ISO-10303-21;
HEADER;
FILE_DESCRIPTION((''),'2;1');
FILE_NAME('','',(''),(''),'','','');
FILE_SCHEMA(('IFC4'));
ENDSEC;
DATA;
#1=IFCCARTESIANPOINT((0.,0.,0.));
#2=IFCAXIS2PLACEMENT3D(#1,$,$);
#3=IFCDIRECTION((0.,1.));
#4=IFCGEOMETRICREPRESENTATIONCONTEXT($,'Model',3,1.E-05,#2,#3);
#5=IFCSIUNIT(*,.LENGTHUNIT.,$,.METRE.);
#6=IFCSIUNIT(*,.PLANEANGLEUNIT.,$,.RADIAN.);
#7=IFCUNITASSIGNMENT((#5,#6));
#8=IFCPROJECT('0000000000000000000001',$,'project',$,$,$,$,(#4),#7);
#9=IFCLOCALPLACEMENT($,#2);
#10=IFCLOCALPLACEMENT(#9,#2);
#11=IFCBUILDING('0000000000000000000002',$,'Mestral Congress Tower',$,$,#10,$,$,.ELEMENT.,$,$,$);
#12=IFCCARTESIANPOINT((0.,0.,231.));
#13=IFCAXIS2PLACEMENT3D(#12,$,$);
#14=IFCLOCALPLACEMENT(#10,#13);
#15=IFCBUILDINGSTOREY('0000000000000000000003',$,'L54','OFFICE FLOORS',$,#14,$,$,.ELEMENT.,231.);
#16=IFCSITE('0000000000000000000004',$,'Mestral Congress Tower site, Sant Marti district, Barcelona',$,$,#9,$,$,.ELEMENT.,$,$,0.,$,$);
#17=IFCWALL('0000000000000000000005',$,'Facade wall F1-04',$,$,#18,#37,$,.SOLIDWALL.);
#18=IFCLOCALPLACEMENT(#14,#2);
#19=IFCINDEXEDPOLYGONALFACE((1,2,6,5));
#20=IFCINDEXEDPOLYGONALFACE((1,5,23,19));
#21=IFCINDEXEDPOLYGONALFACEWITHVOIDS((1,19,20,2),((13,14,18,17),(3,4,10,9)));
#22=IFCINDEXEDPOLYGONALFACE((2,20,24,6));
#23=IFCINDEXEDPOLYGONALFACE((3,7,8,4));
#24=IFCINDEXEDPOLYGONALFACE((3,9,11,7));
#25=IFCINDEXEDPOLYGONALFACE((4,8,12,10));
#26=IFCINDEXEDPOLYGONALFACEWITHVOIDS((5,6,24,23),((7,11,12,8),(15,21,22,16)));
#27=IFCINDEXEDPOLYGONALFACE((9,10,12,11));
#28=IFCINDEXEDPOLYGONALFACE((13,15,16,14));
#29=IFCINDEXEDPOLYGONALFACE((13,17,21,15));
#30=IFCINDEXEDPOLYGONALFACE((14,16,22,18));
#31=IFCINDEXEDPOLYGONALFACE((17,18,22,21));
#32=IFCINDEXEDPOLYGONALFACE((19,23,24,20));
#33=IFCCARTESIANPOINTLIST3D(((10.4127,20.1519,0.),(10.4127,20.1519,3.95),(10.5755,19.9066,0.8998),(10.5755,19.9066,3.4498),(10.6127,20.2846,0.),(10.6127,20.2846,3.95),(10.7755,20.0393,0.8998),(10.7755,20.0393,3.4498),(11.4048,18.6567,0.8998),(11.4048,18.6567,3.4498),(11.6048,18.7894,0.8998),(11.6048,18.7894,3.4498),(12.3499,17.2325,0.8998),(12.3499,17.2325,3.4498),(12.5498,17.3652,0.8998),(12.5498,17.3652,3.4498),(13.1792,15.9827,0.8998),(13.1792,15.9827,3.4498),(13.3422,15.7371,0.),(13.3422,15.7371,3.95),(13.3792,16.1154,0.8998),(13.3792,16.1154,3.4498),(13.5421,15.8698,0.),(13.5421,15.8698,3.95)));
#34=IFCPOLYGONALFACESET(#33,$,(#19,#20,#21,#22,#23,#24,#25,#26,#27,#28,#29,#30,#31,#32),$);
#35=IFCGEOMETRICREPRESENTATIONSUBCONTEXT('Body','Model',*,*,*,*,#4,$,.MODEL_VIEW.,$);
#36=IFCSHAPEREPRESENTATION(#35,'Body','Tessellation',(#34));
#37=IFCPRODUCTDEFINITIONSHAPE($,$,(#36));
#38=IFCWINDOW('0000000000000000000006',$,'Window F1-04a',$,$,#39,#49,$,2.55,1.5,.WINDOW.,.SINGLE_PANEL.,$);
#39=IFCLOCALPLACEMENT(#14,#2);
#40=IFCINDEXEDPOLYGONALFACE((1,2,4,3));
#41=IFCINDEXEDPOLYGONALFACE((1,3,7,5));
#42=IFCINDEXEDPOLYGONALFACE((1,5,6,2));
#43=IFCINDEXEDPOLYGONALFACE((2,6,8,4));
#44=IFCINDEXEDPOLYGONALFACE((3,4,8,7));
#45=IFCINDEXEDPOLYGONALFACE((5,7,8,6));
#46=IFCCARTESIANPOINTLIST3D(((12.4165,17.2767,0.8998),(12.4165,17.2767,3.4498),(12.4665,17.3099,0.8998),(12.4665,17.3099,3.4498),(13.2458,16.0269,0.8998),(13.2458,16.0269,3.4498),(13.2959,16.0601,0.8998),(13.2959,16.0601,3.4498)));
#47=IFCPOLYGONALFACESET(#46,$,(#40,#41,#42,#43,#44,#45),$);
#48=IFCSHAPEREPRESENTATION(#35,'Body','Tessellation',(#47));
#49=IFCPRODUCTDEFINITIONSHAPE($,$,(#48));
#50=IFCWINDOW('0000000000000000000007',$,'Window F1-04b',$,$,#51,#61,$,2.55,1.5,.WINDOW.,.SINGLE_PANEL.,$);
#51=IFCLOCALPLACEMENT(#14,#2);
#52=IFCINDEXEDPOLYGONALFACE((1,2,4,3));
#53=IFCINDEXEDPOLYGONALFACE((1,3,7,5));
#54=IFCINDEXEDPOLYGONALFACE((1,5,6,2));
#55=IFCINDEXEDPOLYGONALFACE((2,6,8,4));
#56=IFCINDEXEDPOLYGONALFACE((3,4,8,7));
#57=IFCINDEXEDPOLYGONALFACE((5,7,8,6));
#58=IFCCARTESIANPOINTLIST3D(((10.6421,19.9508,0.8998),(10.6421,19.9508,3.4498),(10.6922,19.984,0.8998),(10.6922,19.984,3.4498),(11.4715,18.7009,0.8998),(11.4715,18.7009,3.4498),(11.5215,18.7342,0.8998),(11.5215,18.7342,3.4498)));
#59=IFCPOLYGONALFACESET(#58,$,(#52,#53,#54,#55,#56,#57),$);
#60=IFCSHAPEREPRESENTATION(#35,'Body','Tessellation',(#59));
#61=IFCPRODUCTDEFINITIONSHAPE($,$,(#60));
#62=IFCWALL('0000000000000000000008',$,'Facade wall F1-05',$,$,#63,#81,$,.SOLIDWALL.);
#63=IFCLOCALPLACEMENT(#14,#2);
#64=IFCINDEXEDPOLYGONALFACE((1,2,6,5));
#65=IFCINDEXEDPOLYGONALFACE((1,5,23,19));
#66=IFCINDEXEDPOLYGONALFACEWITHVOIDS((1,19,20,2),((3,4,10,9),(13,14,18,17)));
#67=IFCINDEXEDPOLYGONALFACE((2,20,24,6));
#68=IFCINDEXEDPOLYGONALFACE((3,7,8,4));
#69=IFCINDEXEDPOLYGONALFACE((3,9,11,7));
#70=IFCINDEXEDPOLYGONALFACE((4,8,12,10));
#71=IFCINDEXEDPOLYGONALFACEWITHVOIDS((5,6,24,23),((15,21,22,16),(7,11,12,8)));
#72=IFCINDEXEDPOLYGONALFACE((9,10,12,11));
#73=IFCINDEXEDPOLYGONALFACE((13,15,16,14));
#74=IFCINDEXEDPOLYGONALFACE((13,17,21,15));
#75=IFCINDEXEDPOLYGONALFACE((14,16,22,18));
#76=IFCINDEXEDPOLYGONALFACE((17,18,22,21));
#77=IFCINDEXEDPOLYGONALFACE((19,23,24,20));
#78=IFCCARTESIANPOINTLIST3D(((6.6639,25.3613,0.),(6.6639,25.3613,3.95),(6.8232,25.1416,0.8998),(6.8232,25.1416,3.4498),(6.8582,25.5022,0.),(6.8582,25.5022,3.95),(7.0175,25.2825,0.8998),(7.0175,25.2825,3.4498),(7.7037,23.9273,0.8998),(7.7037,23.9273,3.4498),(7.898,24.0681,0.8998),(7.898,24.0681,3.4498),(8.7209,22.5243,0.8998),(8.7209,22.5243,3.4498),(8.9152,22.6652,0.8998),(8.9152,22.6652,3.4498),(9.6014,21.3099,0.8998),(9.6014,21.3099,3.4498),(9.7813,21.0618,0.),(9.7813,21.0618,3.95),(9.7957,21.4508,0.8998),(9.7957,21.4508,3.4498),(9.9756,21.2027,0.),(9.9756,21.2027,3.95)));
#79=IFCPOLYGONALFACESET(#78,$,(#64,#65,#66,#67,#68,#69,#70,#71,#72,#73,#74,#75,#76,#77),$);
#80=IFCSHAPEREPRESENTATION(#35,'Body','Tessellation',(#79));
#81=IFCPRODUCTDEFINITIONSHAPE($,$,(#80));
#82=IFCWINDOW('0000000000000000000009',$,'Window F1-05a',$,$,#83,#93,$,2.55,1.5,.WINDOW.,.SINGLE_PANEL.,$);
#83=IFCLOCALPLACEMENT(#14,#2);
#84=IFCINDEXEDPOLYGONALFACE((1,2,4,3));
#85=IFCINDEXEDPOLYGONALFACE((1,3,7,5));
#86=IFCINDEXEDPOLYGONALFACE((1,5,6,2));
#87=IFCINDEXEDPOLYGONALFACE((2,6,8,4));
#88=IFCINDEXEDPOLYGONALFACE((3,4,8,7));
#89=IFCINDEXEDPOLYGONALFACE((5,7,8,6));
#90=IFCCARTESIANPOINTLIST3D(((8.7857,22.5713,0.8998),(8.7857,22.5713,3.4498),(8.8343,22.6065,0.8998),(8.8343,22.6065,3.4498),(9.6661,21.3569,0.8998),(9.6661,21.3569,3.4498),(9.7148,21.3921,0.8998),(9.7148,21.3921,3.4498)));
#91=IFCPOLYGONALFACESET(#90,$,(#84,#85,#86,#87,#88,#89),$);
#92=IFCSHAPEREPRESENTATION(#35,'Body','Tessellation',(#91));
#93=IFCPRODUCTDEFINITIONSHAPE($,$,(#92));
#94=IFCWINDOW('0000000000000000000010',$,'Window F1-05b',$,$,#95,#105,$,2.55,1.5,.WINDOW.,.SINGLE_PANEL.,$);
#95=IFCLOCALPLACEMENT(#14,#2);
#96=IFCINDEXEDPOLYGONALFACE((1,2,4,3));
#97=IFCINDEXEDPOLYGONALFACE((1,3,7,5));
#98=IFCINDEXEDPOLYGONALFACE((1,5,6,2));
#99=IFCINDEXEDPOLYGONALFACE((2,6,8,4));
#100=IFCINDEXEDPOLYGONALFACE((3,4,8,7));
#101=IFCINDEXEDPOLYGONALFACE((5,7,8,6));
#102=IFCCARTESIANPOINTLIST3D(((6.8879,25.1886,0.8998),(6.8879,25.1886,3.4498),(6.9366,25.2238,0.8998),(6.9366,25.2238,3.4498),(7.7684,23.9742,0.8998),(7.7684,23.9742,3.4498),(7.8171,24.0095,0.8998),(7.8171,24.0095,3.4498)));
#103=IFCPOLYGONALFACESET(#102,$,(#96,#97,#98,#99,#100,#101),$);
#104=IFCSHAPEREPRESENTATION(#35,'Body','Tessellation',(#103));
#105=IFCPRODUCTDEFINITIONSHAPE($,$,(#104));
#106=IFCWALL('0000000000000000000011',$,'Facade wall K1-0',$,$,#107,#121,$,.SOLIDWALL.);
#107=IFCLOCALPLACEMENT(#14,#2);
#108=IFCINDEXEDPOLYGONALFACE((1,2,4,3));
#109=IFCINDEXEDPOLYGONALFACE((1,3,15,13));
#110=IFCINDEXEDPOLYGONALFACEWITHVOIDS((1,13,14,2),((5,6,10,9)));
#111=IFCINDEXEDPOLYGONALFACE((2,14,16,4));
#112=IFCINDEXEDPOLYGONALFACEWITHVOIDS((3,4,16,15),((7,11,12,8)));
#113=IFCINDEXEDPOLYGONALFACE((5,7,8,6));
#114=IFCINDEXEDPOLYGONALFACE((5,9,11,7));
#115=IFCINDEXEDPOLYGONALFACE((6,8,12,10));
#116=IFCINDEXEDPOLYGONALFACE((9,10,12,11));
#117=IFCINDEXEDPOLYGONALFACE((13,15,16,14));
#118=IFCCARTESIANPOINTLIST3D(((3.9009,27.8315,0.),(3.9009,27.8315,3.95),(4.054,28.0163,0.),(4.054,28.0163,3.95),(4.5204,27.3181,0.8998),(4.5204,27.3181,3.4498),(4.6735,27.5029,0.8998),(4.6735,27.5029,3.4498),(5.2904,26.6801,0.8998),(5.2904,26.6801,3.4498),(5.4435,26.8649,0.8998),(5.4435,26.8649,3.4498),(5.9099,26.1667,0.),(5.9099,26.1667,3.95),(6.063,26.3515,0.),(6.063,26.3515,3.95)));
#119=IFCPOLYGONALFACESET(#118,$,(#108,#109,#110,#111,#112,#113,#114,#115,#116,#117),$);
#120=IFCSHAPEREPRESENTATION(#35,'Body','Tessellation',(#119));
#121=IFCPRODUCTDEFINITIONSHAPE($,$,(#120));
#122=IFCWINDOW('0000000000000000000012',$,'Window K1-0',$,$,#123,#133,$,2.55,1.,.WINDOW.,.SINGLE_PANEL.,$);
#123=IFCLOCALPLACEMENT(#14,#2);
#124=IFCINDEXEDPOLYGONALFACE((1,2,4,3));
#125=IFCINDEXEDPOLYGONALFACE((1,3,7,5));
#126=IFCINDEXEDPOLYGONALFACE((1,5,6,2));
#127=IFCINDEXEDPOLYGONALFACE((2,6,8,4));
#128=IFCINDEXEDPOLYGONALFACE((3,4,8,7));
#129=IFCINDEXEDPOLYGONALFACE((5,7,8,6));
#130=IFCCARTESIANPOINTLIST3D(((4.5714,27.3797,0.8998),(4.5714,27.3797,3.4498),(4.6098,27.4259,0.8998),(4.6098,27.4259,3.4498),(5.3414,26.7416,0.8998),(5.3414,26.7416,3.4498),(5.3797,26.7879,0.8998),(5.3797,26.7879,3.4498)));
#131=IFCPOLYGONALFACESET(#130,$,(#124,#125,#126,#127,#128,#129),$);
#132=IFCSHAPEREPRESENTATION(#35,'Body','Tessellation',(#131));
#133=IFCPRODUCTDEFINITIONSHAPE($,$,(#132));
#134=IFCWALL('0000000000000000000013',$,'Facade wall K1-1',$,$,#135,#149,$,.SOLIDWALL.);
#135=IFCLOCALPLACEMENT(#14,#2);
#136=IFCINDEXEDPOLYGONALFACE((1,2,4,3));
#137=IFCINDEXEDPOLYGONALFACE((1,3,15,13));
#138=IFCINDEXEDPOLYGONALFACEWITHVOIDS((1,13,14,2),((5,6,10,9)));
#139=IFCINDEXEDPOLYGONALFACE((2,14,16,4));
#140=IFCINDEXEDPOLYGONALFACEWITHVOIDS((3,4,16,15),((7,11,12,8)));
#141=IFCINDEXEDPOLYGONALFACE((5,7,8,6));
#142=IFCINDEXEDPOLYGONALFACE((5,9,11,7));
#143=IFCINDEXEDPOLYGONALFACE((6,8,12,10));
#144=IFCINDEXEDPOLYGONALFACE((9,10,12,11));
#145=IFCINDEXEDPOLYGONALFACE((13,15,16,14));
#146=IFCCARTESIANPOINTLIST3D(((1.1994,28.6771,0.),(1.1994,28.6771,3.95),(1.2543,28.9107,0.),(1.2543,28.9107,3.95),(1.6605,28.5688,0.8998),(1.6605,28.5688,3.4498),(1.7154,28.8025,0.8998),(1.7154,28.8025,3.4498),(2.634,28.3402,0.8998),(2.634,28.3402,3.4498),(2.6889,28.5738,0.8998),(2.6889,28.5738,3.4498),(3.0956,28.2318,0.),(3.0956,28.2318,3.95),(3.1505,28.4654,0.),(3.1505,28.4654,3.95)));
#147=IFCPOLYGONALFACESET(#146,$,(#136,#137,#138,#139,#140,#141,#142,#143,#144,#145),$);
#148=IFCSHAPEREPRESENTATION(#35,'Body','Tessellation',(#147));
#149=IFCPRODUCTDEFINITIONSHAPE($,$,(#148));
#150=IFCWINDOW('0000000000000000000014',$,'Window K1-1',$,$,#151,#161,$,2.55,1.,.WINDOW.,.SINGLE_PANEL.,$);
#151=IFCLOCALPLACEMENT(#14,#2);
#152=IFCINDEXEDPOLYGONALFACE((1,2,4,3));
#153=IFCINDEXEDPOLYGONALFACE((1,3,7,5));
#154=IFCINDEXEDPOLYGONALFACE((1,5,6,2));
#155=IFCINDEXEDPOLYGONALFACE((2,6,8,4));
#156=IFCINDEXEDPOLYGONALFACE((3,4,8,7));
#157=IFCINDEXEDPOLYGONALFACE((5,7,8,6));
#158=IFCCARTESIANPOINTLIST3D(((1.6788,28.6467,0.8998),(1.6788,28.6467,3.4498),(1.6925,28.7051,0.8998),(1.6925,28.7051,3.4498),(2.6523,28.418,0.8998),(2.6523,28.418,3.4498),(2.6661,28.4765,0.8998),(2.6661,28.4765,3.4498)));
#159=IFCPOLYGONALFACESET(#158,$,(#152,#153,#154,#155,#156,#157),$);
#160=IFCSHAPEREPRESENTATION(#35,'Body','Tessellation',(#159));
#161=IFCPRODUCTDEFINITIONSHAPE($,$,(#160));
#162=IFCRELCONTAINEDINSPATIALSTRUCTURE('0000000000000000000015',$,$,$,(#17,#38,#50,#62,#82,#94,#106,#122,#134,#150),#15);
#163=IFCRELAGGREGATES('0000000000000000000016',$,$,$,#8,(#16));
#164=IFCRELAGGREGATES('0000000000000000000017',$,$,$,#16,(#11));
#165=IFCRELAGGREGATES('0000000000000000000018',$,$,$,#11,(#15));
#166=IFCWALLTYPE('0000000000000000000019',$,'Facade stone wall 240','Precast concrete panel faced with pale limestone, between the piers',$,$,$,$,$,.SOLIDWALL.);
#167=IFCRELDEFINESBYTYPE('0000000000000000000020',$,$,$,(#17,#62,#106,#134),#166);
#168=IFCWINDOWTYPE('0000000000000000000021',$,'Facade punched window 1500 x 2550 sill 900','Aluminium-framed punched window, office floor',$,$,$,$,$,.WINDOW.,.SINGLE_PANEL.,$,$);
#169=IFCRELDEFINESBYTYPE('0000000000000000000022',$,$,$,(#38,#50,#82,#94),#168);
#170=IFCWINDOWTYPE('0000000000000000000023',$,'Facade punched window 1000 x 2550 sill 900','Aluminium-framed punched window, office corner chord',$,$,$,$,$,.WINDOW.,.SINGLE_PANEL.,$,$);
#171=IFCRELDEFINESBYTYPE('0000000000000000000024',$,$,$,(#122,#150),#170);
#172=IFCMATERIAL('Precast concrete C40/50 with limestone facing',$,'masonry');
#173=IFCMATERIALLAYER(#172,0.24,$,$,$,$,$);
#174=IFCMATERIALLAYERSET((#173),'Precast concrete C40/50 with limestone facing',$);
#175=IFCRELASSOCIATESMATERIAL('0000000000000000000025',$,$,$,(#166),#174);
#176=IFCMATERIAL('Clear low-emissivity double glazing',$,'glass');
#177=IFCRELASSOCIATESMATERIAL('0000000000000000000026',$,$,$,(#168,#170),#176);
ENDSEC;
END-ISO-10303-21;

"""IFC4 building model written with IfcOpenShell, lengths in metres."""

from ifc_helpers import new_model, si_unit, direction, frame, frame_2d, origin, place, context, subcontext, project, spatial, rectangle, extrude, material, layer, layer_set, type_object, element, fill, save


model = new_model("IFC4")

# Units and contexts
model_context = context("Model", 3, precision=1e-05, world=origin(), true_north=direction((0.0, 1.0)))
body_context = subcontext(model_context, "Body", "Model", "MODEL_VIEW")
ifc_project = project(units=[si_unit("LENGTHUNIT", "METRE"), si_unit("PLANEANGLEUNIT", "RADIAN")], contexts=[model_context])

# Site, building, storey
site_placement = place(None, origin())
site = spatial("IfcSite", under=ifc_project, at=site_placement, Name="Mestral Congress Tower site, Sant Marti district, Barcelona", CompositionType="ELEMENT", RefElevation=0.0)
building_placement = place(site_placement, origin())
building = spatial("IfcBuilding", under=site, at=building_placement, Name="Mestral Congress Tower", CompositionType="ELEMENT")
storey_placement = place(building_placement, frame((0.0, 0.0, 231.0)))
storey = spatial("IfcBuildingStorey", under=building, at=storey_placement, Name="L54", Description="OFFICE FLOORS", CompositionType="ELEMENT", Elevation=231.0)

# Walls, openings, windows
ifc_material_1 = material(Name="Precast concrete C40/50 with limestone facing", Category="masonry")
ifc_layer_1 = layer(ifc_material_1, 0.24)
ifc_layer_set_1 = layer_set([ifc_layer_1], Name="Precast concrete C40/50 with limestone facing")
wall_type_1 = type_object("IfcWallType", Name="Facade stone wall 240", Description="Precast concrete panel faced with pale limestone, between the piers", PredefinedType="SOLIDWALL", material=ifc_layer_set_1)
wall_1_placement = place(storey_placement, frame((13.4421, 15.8035, 0.0), z_axis=(0.0, 0.0, 1.0), x_axis=(-0.552902, 0.833246, 0.0)))
wall_1 = element("IfcWall", 1, at=wall_1_placement, inside=storey, type_object=wall_type_1, Name="Facade wall F1-04", PredefinedType="SOLIDWALL", context=body_context, shape_type="SweptSolid", body=[
    extrude(rectangle(XDim=5.2983, YDim=0.24, at=frame_2d((2.6492, 0.0))), origin(), (0.0, 0.0, 1.0), 3.95),
])
opening_1_placement = place(wall_1_placement, frame((0.2947, 0.0, 0.8999)))
opening_1 = element("IfcOpeningElement", 2, at=opening_1_placement, cuts=wall_1, PredefinedType="OPENING", context=body_context, shape_type="SweptSolid", body=[
    extrude(rectangle(XDim=1.5, YDim=2.55, at=frame_2d((0.75, 1.2749))), frame((0.0, 0.1299, 0.0), z_axis=(0.0, -1.0, 0.0), x_axis=(1.0, 0.0, 0.0)), (0.0, 0.0, 1.0), 0.26),
])
opening_2_placement = place(wall_1_placement, frame((3.5039, 0.0, 0.8999)))
opening_2 = element("IfcOpeningElement", 3, at=opening_2_placement, cuts=wall_1, PredefinedType="OPENING", context=body_context, shape_type="SweptSolid", body=[
    extrude(rectangle(XDim=1.5, YDim=2.55, at=frame_2d((0.75, 1.2749))), frame((0.0, 0.1299, 0.0), z_axis=(0.0, -1.0, 0.0), x_axis=(1.0, 0.0, 0.0)), (0.0, 0.0, 1.0), 0.26),
])
ifc_material_2 = material(Name="Clear low-emissivity double glazing", Category="glass")
window_type_1 = type_object("IfcWindowType", Name="Facade punched window 1500 x 2550 sill 900", Description="Aluminium-framed punched window, office floor", PartitioningType="SINGLE_PANEL", PredefinedType="WINDOW", material=ifc_material_2)
window_1_placement = place(opening_1_placement, origin())
window_1 = element("IfcWindow", 4, at=window_1_placement, inside=storey, type_object=window_type_1, Name="Window F1-04a", OverallHeight=2.55, OverallWidth=1.5, PartitioningType="SINGLE_PANEL", PredefinedType="WINDOW", context=body_context, shape_type="SweptSolid", body=[
    extrude(rectangle(XDim=1.5, YDim=2.55, at=frame_2d((0.75, 1.2749))), frame((0.0, 0.04, 0.0), z_axis=(0.0, -1.0, 0.0), x_axis=(1.0, 0.0, 0.0)), (0.0, 0.0, 1.0), 0.0601),
])
fill(opening_1, window_1)
window_2_placement = place(opening_2_placement, origin())
window_2 = element("IfcWindow", 5, at=window_2_placement, inside=storey, type_object=window_type_1, Name="Window F1-04b", OverallHeight=2.55, OverallWidth=1.5, PartitioningType="SINGLE_PANEL", PredefinedType="WINDOW", context=body_context, shape_type="SweptSolid", body=[
    extrude(rectangle(XDim=1.5, YDim=2.55, at=frame_2d((0.75, 1.2749))), frame((0.0, 0.04, 0.0), z_axis=(0.0, -1.0, 0.0), x_axis=(1.0, 0.0, 0.0)), (0.0, 0.0, 1.0), 0.0601),
])
fill(opening_2, window_2)
wall_2_placement = place(storey_placement, frame((9.8784, 21.1323, 0.0), z_axis=(0.0, 0.0, 1.0), x_axis=(-0.586998, 0.809588, 0.0)))
wall_2 = element("IfcWall", 6, at=wall_2_placement, inside=storey, type_object=wall_type_1, Name="Facade wall F1-05", PredefinedType="SOLIDWALL", context=body_context, shape_type="SweptSolid", body=[
    extrude(rectangle(XDim=5.3108, YDim=0.24, at=frame_2d((2.6553, 0.0))), origin(), (0.0, 0.0, 1.0), 3.95),
])
opening_3_placement = place(wall_2_placement, frame((0.3064, 0.0, 0.8999)))
opening_3 = element("IfcOpeningElement", 7, at=opening_3_placement, cuts=wall_2, PredefinedType="OPENING", context=body_context, shape_type="SweptSolid", body=[
    extrude(rectangle(XDim=1.5, YDim=2.55, at=frame_2d((0.75, 1.2749))), frame((0.0, 0.1299, 0.0), z_axis=(0.0, -1.0, 0.0), x_axis=(1.0, 0.0, 0.0)), (0.0, 0.0, 1.0), 0.26),
])
opening_4_placement = place(wall_2_placement, frame((3.5393, 0.0, 0.8999)))
opening_4 = element("IfcOpeningElement", 8, at=opening_4_placement, cuts=wall_2, PredefinedType="OPENING", context=body_context, shape_type="SweptSolid", body=[
    extrude(rectangle(XDim=1.5, YDim=2.55, at=frame_2d((0.75, 1.2749))), frame((0.0, 0.1299, 0.0), z_axis=(0.0, -1.0, 0.0), x_axis=(1.0, 0.0, 0.0)), (0.0, 0.0, 1.0), 0.26),
])
window_3_placement = place(opening_3_placement, origin())
window_3 = element("IfcWindow", 9, at=window_3_placement, inside=storey, type_object=window_type_1, Name="Window F1-05a", OverallHeight=2.55, OverallWidth=1.5, PartitioningType="SINGLE_PANEL", PredefinedType="WINDOW", context=body_context, shape_type="SweptSolid", body=[
    extrude(rectangle(XDim=1.5, YDim=2.55, at=frame_2d((0.75, 1.2749))), frame((0.0, 0.04, 0.0), z_axis=(0.0, -1.0, 0.0), x_axis=(1.0, 0.0, 0.0)), (0.0, 0.0, 1.0), 0.0601),
])
fill(opening_3, window_3)
window_4_placement = place(opening_4_placement, origin())
window_4 = element("IfcWindow", 10, at=window_4_placement, inside=storey, type_object=window_type_1, Name="Window F1-05b", OverallHeight=2.55, OverallWidth=1.5, PartitioningType="SINGLE_PANEL", PredefinedType="WINDOW", context=body_context, shape_type="SweptSolid", body=[
    extrude(rectangle(XDim=1.5, YDim=2.55, at=frame_2d((0.75, 1.2749))), frame((0.0, 0.04, 0.0), z_axis=(0.0, -1.0, 0.0), x_axis=(1.0, 0.0, 0.0)), (0.0, 0.0, 1.0), 0.0601),
])
fill(opening_4, window_4)

# Walls, openings, windows
wall_3_placement = place(storey_placement, frame((5.9866, 26.259, 0.0), z_axis=(0.0, 0.0, 1.0), x_axis=(-0.76999, 0.638056, 0.0)))
wall_3 = element("IfcWall", 11, at=wall_3_placement, inside=storey, type_object=wall_type_1, Name="Facade wall K1-0", PredefinedType="SOLIDWALL", context=body_context, shape_type="SweptSolid", body=[
    extrude(rectangle(XDim=2.6091, YDim=0.24, at=frame_2d((1.3047, 0.0))), origin(), (0.0, 0.0, 1.0), 3.95),
])
opening_5_placement = place(wall_3_placement, frame((0.8047, 0.0, 0.8999)))
opening_5 = element("IfcOpeningElement", 12, at=opening_5_placement, cuts=wall_3, PredefinedType="OPENING", context=body_context, shape_type="SweptSolid", body=[
    extrude(rectangle(XDim=1.0, YDim=2.55, at=frame_2d((0.5, 1.2749))), frame((0.0, 0.1299, 0.0), z_axis=(0.0, -1.0, 0.0), x_axis=(1.0, 0.0, 0.0)), (0.0, 0.0, 1.0), 0.26),
])
window_type_2 = type_object("IfcWindowType", Name="Facade punched window 1000 x 2550 sill 900", Description="Aluminium-framed punched window, office corner chord", PartitioningType="SINGLE_PANEL", PredefinedType="WINDOW", material=ifc_material_2)
window_5_placement = place(opening_5_placement, origin())
window_5 = element("IfcWindow", 13, at=window_5_placement, inside=storey, type_object=window_type_2, Name="Window K1-0", OverallHeight=2.55, OverallWidth=1.0, PartitioningType="SINGLE_PANEL", PredefinedType="WINDOW", context=body_context, shape_type="SweptSolid", body=[
    extrude(rectangle(XDim=1.0, YDim=2.55, at=frame_2d((0.5, 1.2749))), frame((0.0, 0.04, 0.0), z_axis=(0.0, -1.0, 0.0), x_axis=(1.0, 0.0, 0.0)), (0.0, 0.0, 1.0), 0.0601),
])
fill(opening_5, window_5)
wall_4_placement = place(storey_placement, frame((3.123, 28.3486, 0.0), z_axis=(0.0, 0.0, 1.0), x_axis=(-0.973516, 0.22862, 0.0)))
wall_4 = element("IfcWall", 14, at=wall_4_placement, inside=storey, type_object=wall_type_1, Name="Facade wall K1-1", PredefinedType="SOLIDWALL", context=body_context, shape_type="SweptSolid", body=[
    extrude(rectangle(XDim=1.9478, YDim=0.24, at=frame_2d((0.9739, 0.0))), origin(), (0.0, 0.0, 1.0), 3.95),
])
opening_6_placement = place(wall_4_placement, frame((0.4741, 0.0, 0.8999)))
opening_6 = element("IfcOpeningElement", 15, at=opening_6_placement, cuts=wall_4, PredefinedType="OPENING", context=body_context, shape_type="SweptSolid", body=[
    extrude(rectangle(XDim=1.0, YDim=2.55, at=frame_2d((0.5, 1.2749))), frame((0.0, 0.1299, 0.0), z_axis=(0.0, -1.0, 0.0), x_axis=(1.0, 0.0, 0.0)), (0.0, 0.0, 1.0), 0.26),
])
window_6_placement = place(opening_6_placement, origin())
window_6 = element("IfcWindow", 16, at=window_6_placement, inside=storey, type_object=window_type_2, Name="Window K1-1", OverallHeight=2.55, OverallWidth=1.0, PartitioningType="SINGLE_PANEL", PredefinedType="WINDOW", context=body_context, shape_type="SweptSolid", body=[
    extrude(rectangle(XDim=1.0, YDim=2.55, at=frame_2d((0.5, 1.2749))), frame((0.0, 0.04, 0.0), z_axis=(0.0, -1.0, 0.0), x_axis=(1.0, 0.0, 0.0)), (0.0, 0.0, 1.0), 0.0601),
])
fill(opening_6, window_6)

save(model, "model.ifc")
